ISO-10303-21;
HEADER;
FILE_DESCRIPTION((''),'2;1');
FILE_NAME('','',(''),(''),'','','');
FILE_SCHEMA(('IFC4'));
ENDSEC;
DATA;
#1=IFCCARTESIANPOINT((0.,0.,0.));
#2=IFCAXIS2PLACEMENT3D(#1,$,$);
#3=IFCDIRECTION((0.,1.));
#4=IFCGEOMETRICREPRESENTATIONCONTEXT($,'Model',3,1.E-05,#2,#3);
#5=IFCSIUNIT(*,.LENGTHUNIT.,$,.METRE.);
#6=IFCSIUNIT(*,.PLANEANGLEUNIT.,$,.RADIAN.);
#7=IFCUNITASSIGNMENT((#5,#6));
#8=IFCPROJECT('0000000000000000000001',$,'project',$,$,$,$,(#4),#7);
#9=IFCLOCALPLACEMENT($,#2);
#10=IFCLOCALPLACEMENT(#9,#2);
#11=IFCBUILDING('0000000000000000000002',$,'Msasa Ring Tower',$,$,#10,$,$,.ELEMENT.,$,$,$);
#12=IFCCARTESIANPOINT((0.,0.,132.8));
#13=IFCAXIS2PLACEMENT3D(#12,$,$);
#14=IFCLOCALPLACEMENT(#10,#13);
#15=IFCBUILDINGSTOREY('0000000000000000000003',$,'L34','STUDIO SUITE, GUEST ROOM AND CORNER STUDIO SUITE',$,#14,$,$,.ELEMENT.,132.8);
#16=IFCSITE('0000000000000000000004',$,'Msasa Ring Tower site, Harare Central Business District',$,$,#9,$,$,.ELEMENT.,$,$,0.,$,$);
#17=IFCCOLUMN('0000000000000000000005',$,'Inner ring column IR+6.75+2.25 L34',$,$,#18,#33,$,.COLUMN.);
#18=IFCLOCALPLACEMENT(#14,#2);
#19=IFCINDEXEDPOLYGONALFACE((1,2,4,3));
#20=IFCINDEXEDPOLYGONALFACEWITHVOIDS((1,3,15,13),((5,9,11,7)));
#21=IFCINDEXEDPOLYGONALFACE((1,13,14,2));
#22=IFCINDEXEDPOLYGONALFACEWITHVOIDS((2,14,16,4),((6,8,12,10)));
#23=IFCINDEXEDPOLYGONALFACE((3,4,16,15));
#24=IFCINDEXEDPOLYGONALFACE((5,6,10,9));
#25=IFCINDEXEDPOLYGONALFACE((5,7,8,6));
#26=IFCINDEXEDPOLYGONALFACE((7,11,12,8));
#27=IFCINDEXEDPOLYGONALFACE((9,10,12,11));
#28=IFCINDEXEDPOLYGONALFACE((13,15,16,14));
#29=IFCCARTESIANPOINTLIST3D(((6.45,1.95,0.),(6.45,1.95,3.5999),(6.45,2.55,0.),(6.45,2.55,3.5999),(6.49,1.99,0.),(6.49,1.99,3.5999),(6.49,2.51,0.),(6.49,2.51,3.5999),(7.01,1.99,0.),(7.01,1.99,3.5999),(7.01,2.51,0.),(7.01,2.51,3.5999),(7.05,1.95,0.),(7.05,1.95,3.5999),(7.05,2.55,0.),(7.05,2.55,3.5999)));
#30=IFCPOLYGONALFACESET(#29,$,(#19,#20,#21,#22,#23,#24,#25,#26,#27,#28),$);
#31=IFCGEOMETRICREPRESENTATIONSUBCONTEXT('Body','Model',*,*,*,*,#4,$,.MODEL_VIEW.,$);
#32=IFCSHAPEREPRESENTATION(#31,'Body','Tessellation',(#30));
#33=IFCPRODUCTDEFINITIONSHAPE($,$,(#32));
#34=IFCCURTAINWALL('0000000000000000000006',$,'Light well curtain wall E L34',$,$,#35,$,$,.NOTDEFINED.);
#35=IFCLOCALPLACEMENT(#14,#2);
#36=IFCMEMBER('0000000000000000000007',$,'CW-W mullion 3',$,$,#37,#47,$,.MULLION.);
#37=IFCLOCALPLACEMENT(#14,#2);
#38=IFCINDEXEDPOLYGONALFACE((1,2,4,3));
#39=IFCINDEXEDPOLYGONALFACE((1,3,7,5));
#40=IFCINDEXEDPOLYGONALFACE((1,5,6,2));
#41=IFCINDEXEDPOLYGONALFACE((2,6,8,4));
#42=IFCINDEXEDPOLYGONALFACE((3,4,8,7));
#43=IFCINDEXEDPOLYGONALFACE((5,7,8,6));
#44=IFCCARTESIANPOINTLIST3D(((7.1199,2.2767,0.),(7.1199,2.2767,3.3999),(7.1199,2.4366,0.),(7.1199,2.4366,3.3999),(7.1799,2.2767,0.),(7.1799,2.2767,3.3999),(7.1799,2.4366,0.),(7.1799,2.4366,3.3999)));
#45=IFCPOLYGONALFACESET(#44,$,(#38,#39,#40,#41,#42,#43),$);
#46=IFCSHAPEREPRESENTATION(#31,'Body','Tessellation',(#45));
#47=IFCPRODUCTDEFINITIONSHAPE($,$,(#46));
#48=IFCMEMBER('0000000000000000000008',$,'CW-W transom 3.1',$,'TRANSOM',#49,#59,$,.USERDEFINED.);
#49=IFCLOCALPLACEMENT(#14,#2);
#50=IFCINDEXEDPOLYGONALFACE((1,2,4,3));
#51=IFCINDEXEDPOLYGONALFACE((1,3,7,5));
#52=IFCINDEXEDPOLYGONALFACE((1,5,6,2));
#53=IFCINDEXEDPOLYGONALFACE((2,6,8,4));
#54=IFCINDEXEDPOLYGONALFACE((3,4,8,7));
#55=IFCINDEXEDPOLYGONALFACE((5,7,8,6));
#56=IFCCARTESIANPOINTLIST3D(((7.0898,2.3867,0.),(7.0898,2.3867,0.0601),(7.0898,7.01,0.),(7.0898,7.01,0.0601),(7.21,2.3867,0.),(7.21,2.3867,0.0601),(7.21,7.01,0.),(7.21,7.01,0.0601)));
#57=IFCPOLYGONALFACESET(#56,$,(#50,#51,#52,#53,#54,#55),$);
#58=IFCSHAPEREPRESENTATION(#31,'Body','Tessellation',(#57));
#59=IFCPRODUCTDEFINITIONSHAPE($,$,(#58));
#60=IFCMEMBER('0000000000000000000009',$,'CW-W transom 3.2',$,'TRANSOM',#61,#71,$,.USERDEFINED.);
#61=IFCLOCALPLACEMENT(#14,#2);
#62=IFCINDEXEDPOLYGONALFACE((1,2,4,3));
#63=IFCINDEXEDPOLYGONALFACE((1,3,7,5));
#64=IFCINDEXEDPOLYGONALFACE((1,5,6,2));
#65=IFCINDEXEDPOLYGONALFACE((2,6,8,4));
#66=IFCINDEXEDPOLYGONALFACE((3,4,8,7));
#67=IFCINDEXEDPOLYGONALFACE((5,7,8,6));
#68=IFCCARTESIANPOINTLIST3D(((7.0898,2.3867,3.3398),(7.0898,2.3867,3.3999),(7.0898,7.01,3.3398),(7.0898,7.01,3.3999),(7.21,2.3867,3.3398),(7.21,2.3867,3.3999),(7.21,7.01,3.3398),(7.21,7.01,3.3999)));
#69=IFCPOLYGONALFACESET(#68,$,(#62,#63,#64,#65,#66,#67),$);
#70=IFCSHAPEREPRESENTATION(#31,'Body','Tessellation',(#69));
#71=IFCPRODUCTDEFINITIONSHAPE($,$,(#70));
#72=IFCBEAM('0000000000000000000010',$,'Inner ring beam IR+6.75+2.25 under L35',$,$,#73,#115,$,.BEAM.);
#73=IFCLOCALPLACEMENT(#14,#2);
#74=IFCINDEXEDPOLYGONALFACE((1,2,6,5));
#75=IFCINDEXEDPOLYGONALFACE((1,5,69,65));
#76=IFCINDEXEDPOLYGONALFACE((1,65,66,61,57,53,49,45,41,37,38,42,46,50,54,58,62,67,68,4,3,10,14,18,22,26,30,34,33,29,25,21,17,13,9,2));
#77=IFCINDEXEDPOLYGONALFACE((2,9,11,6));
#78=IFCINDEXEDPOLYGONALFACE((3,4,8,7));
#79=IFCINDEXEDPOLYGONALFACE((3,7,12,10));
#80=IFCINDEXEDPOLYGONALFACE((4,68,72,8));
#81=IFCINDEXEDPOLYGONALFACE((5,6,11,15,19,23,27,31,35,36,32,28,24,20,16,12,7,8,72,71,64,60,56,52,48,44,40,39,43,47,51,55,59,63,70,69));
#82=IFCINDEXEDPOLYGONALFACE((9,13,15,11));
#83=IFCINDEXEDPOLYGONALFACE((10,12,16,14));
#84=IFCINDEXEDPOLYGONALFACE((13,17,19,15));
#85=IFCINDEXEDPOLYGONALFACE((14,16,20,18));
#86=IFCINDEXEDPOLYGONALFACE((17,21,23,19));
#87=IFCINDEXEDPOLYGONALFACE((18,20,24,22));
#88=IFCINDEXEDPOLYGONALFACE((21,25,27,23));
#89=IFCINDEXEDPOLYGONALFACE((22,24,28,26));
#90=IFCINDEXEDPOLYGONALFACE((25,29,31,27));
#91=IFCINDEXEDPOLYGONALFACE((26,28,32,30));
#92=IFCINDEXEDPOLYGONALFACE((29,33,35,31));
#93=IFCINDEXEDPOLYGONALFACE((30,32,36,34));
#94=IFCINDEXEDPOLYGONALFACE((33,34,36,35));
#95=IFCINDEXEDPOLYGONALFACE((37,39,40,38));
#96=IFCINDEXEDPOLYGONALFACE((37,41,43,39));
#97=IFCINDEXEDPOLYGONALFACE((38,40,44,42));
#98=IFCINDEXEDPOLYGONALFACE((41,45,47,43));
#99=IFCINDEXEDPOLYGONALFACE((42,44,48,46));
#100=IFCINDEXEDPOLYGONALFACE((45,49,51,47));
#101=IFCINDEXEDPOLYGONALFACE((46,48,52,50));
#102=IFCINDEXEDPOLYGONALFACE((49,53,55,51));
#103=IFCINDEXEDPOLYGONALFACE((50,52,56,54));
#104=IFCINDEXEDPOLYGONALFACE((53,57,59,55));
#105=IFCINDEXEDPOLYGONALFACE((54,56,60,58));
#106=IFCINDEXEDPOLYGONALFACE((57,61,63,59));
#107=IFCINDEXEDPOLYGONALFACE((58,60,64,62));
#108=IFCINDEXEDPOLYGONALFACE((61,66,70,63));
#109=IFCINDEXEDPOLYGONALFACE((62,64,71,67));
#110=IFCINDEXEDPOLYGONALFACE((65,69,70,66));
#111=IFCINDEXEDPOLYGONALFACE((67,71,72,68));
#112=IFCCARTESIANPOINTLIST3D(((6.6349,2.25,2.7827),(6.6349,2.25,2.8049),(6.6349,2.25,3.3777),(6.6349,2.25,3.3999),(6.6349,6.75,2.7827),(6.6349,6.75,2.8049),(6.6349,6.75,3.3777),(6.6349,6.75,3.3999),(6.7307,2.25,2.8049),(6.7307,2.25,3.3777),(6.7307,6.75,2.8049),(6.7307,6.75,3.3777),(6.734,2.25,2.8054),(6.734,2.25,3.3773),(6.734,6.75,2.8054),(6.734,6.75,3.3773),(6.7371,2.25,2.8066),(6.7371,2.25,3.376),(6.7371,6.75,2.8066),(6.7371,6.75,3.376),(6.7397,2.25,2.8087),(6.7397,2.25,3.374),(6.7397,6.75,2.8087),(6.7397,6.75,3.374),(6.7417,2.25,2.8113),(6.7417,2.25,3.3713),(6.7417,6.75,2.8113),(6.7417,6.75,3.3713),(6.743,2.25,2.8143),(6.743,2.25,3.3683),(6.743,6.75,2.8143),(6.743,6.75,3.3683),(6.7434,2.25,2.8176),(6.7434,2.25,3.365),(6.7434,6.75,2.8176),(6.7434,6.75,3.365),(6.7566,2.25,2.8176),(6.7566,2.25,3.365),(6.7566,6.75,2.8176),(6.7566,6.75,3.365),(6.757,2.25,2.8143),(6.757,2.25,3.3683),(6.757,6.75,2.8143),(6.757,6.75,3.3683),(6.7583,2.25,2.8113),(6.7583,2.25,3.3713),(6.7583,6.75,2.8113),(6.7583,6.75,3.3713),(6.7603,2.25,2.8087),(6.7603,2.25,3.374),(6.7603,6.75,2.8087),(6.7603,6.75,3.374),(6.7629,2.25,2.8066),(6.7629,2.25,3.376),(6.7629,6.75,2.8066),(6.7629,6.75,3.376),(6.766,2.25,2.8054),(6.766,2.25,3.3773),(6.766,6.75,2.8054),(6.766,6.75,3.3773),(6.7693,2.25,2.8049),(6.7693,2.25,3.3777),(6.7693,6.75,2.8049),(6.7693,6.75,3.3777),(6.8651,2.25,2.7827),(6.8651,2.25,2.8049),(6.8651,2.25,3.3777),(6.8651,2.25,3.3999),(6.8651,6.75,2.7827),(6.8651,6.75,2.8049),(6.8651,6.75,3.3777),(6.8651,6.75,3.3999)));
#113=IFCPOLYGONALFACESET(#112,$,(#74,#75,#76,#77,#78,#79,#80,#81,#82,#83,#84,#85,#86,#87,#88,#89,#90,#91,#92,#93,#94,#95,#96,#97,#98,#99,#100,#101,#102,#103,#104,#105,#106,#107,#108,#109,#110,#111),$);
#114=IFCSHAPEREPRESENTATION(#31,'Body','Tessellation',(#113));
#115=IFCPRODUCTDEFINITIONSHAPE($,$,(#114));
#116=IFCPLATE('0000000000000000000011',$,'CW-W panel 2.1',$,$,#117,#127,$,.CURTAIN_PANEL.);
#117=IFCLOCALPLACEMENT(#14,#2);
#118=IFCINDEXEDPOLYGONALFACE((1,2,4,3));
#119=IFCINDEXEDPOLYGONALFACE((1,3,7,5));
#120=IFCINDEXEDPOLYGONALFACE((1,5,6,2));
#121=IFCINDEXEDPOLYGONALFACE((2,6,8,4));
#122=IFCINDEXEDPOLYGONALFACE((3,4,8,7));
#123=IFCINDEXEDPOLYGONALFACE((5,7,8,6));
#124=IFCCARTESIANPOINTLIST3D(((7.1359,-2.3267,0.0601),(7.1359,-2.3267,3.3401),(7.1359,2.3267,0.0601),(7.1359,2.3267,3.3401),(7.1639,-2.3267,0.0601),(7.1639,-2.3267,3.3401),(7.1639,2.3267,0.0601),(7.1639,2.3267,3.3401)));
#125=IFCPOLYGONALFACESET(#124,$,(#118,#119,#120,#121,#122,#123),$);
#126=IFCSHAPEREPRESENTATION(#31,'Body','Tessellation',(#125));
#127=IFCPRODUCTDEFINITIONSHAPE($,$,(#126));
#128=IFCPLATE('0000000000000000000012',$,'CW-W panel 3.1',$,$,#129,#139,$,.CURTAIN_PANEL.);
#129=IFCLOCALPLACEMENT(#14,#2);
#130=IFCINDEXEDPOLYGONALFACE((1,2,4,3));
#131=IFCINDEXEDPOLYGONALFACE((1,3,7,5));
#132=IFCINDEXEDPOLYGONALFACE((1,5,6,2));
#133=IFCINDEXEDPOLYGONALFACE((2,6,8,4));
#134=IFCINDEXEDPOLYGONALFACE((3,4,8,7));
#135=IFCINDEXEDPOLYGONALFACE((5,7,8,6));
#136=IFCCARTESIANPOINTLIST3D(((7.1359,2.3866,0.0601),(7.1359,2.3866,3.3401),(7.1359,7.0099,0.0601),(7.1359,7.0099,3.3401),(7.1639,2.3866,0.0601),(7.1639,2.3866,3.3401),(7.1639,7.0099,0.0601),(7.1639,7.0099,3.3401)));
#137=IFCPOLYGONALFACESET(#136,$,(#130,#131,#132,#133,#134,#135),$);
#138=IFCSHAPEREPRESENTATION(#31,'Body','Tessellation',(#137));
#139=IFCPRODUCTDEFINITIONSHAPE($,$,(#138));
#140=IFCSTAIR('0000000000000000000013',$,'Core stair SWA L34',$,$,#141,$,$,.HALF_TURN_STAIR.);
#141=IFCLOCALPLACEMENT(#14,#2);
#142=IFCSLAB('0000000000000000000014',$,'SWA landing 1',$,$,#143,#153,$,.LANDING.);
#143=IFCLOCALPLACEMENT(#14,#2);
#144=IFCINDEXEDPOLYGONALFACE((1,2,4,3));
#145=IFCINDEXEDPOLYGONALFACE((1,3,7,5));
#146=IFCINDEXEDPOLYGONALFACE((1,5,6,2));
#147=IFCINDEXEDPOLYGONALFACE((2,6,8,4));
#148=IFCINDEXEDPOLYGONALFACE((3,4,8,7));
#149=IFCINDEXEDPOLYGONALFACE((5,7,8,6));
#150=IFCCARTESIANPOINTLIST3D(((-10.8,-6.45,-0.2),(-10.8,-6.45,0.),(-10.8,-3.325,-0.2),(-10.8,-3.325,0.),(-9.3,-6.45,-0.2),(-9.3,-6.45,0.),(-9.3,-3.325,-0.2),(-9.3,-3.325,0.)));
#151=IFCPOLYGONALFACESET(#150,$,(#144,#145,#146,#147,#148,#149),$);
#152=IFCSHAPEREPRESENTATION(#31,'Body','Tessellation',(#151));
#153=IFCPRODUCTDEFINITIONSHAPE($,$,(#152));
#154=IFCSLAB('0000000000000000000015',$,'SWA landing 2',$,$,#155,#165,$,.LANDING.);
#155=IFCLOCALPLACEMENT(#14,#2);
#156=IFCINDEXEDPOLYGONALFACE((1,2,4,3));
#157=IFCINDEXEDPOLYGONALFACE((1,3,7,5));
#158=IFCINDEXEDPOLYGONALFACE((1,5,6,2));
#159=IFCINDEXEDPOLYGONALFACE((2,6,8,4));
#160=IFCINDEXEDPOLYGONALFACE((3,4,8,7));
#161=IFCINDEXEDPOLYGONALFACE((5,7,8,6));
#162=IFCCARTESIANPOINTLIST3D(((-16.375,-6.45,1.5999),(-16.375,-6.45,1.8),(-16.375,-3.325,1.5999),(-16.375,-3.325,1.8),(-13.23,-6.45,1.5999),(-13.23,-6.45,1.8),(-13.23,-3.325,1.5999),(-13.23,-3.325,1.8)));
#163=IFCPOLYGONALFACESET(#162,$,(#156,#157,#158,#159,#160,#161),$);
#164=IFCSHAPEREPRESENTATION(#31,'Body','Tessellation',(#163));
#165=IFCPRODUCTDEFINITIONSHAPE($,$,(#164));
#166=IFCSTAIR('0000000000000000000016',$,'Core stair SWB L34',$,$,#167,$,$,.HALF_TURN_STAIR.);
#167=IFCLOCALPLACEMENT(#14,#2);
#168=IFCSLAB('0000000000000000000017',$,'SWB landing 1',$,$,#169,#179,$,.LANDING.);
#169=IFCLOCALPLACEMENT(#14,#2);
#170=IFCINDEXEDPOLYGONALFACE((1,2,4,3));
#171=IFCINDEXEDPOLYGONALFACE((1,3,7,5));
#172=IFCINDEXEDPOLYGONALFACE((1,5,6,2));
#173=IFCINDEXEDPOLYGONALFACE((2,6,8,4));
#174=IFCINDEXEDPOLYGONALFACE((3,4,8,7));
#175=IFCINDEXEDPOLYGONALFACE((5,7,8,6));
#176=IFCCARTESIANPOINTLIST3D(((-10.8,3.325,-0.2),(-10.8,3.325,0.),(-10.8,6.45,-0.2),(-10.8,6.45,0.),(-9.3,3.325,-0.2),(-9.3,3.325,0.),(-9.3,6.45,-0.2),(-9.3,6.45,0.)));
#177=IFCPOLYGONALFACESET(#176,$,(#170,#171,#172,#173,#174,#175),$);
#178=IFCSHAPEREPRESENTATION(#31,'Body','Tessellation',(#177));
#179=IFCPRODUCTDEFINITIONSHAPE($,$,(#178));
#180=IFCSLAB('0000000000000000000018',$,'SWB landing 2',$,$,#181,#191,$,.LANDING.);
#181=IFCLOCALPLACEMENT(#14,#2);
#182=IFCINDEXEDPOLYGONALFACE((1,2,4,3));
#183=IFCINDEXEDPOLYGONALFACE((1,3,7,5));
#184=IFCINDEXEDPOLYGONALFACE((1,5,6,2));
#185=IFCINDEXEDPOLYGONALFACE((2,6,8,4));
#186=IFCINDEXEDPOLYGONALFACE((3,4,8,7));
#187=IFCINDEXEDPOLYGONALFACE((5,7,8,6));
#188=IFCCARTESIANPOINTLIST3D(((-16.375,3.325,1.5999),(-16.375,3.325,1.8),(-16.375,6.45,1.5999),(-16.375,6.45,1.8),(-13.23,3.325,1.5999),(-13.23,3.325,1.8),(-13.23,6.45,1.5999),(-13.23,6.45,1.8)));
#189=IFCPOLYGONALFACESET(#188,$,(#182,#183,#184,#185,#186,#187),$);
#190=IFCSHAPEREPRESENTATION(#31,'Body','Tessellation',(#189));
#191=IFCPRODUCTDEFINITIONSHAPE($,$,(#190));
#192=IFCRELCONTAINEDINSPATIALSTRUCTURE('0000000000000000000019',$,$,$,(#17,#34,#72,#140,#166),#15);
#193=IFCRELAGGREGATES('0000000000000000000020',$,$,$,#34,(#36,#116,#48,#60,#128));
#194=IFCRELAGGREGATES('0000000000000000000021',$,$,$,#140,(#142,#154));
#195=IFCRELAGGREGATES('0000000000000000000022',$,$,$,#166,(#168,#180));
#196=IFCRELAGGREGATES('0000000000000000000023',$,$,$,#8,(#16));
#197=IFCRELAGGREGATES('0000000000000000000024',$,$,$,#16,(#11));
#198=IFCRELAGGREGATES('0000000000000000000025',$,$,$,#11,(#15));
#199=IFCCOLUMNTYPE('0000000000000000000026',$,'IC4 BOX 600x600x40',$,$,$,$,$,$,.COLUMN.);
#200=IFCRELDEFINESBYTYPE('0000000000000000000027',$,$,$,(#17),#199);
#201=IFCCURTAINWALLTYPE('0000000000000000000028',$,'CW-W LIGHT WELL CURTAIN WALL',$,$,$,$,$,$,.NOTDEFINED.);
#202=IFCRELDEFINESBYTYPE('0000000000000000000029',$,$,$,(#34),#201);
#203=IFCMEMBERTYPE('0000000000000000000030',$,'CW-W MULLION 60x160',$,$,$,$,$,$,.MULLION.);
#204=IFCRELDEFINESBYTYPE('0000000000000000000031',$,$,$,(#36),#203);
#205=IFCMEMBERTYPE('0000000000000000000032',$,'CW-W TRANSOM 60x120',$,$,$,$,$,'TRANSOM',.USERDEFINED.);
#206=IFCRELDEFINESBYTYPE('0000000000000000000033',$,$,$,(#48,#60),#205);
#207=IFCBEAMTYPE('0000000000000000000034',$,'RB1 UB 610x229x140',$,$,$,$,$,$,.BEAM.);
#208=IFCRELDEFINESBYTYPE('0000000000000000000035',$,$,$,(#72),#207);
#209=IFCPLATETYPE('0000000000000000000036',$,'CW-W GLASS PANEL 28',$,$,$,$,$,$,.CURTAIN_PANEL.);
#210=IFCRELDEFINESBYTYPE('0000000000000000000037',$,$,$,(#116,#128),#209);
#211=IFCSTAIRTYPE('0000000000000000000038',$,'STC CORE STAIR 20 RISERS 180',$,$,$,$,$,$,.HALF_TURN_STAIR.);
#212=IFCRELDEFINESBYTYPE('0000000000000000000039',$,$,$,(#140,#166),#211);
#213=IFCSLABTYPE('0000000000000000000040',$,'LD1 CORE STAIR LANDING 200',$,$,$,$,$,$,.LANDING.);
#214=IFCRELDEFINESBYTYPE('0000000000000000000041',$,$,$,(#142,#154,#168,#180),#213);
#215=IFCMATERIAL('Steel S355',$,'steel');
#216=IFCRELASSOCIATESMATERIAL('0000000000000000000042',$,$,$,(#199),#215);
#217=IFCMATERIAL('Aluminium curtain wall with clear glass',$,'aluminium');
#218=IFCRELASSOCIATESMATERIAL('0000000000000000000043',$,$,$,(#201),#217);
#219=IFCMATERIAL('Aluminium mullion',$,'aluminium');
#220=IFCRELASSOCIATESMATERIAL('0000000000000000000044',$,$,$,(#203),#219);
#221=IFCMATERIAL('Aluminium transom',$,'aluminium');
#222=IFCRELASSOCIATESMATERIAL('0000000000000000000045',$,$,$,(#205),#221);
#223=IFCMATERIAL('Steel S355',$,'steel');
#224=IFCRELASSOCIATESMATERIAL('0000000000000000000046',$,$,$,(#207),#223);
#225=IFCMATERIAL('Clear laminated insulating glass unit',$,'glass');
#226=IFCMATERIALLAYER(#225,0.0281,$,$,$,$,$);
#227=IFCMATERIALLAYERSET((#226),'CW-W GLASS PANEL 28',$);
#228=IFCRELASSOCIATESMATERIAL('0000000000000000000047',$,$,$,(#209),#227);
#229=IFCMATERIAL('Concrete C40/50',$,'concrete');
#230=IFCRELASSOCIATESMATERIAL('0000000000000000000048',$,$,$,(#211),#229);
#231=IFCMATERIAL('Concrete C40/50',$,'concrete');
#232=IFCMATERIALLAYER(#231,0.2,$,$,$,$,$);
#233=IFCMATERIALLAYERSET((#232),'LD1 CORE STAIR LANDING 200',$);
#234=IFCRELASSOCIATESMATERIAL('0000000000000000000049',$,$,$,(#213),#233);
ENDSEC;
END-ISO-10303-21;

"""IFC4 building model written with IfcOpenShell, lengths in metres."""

from ifc_helpers import new_model, si_unit, direction, frame, origin, origin_2d, place, context, subcontext, project, spatial, polyline, rectangle, hollow_rectangle, i_section, outline, extrude, material, layer, layer_set, material_profile, profile_set, type_object, element, aggregate, save


model = new_model("IFC4")

# Units and contexts
model_context = context("Model", 3, precision=1e-05, world=origin(), true_north=direction((0.0, 1.0)))
body_context = subcontext(model_context, "Body", "Model", "MODEL_VIEW")
ifc_project = project(units=[si_unit("LENGTHUNIT", "METRE"), si_unit("PLANEANGLEUNIT", "RADIAN")], contexts=[model_context])

# Site, building, storey
site_placement = place(None, origin())
site = spatial("IfcSite", under=ifc_project, at=site_placement, Name="Msasa Ring Tower site, Harare Central Business District", CompositionType="ELEMENT", RefElevation=0.0)
building_placement = place(site_placement, origin())
building = spatial("IfcBuilding", under=site, at=building_placement, Name="Msasa Ring Tower", CompositionType="ELEMENT")
storey_placement = place(building_placement, frame((0.0, 0.0, 132.8)))
storey = spatial("IfcBuildingStorey", under=building, at=storey_placement, Name="L34", Description="STUDIO SUITE, GUEST ROOM AND CORNER STUDIO SUITE", CompositionType="ELEMENT", Elevation=132.8)

# Column
ifc_material_1 = material(Name="Steel S355", Category="steel")
ifc_material_profile_1 = material_profile(ifc_material_1, hollow_rectangle(XDim=0.6001, YDim=0.6001, WallThickness=0.04, at=origin_2d()), Name="BOX 600x600x40")
ifc_profile_set_1 = profile_set([ifc_material_profile_1], Name="Steel S355")
column_type = type_object("IfcColumnType", Name="IC4 BOX 600x600x40", PredefinedType="COLUMN", material=ifc_profile_set_1)
column_placement = place(storey_placement, frame((6.75, 2.25, 0.0), z_axis=(0.0, 0.0, 1.0), x_axis=(1.0, 0.0, 0.0)))
element("IfcColumn", 1, at=column_placement, inside=storey, type_object=column_type, Name="Inner ring column IR+6.75+2.25 L34", PredefinedType="COLUMN", context=body_context, shape_type="SweptSolid", body=[
    extrude(hollow_rectangle(XDim=0.6001, YDim=0.6001, WallThickness=0.04, at=origin_2d()), origin(), (0.0, 0.0, 1.0), 3.5999),
])

# Curtain wall, members
ifc_material_2 = material(Name="Aluminium curtain wall with clear glass", Category="aluminium")
curtain_wall_type = type_object("IfcCurtainWallType", Name="CW-W LIGHT WELL CURTAIN WALL", PredefinedType="NOTDEFINED", material=ifc_material_2)
curtain_wall_placement = place(storey_placement, origin())
curtain_wall = element("IfcCurtainWall", 2, at=curtain_wall_placement, inside=storey, type_object=curtain_wall_type, Name="Light well curtain wall E L34", PredefinedType="NOTDEFINED")
ifc_material_3 = material(Name="Aluminium mullion", Category="aluminium")
ifc_material_profile_2 = material_profile(ifc_material_3, rectangle(XDim=0.0601, YDim=0.1599, at=origin_2d()), Name="AL 60x160")
ifc_profile_set_2 = profile_set([ifc_material_profile_2], Name="Aluminium mullion")
member_type_1 = type_object("IfcMemberType", Name="CW-W MULLION 60x160", PredefinedType="MULLION", material=ifc_profile_set_2)
member_1_placement = place(storey_placement, frame((7.1499, 2.3567, 0.0), z_axis=(0.0, 0.0, 1.0), x_axis=(-1.0, 0.0, 0.0)))
member_1 = element("IfcMember", 3, at=member_1_placement, type_object=member_type_1, Name="CW-W mullion 3", PredefinedType="MULLION", context=body_context, shape_type="SweptSolid", body=[
    extrude(rectangle(XDim=0.0601, YDim=0.1599, at=origin_2d()), origin(), (0.0, 0.0, 1.0), 3.3999),
])
ifc_material_4 = material(Name="Aluminium transom", Category="aluminium")
ifc_material_profile_3 = material_profile(ifc_material_4, rectangle(XDim=0.1201, YDim=0.0601, at=origin_2d()), Name="AL 60x120")
ifc_profile_set_3 = profile_set([ifc_material_profile_3], Name="Aluminium transom")
member_type_2 = type_object("IfcMemberType", Name="CW-W TRANSOM 60x120", ElementType="TRANSOM", PredefinedType="USERDEFINED", material=ifc_profile_set_3)
member_2_placement = place(storey_placement, frame((7.1499, 2.3867, 0.03), z_axis=(0.0, 1.0, 0.0), x_axis=(-1.0, 0.0, 0.0)))
member_2 = element("IfcMember", 4, at=member_2_placement, type_object=member_type_2, Name="CW-W transom 3.1", ObjectType="TRANSOM", PredefinedType="USERDEFINED", context=body_context, shape_type="SweptSolid", body=[
    extrude(rectangle(XDim=0.1201, YDim=0.0601, at=origin_2d()), origin(), (0.0, 0.0, 1.0), 4.6233),
])
member_3_placement = place(storey_placement, frame((7.1499, 2.3867, 3.3699), z_axis=(0.0, 1.0, 0.0), x_axis=(-1.0, 0.0, 0.0)))
member_3 = element("IfcMember", 5, at=member_3_placement, type_object=member_type_2, Name="CW-W transom 3.2", ObjectType="TRANSOM", PredefinedType="USERDEFINED", context=body_context, shape_type="SweptSolid", body=[
    extrude(rectangle(XDim=0.1201, YDim=0.0601, at=origin_2d()), origin(), (0.0, 0.0, 1.0), 4.6233),
])

# Beam
ifc_material_5 = material(Name="Steel S355", Category="steel")
ifc_material_profile_4 = material_profile(ifc_material_5, i_section(OverallWidth=0.2302, OverallDepth=0.6172, WebThickness=0.0132, FlangeThickness=0.0222, FilletRadius=0.0127, at=origin_2d()), Name="UB 610x229x140")
ifc_profile_set_4 = profile_set([ifc_material_profile_4], Name="Steel S355")
beam_type = type_object("IfcBeamType", Name="RB1 UB 610x229x140", PredefinedType="BEAM", material=ifc_profile_set_4)
beam_placement = place(storey_placement, frame((6.75, 2.25, 3.0913), z_axis=(0.0, 1.0, 0.0), x_axis=(-1.0, 0.0, 0.0)))
element("IfcBeam", 6, at=beam_placement, inside=storey, type_object=beam_type, Name="Inner ring beam IR+6.75+2.25 under L35", PredefinedType="BEAM", context=body_context, shape_type="SweptSolid", body=[
    extrude(i_section(OverallWidth=0.2302, OverallDepth=0.6172, WebThickness=0.0132, FlangeThickness=0.0222, FilletRadius=0.0127, at=origin_2d()), origin(), (0.0, 0.0, 1.0), 4.5),
])

# Plates
ifc_material_6 = material(Name="Clear laminated insulating glass unit", Category="glass")
ifc_layer_1 = layer(ifc_material_6, 0.0281)
ifc_layer_set_1 = layer_set([ifc_layer_1], Name="CW-W GLASS PANEL 28")
plate_type = type_object("IfcPlateType", Name="CW-W GLASS PANEL 28", PredefinedType="CURTAIN_PANEL", material=ifc_layer_set_1)
plate_1_placement = place(storey_placement, frame((7.1499, 0.0, 0.0601), z_axis=(0.0, 0.0, 1.0), x_axis=(0.0, 1.0, 0.0)))
plate_1 = element("IfcPlate", 7, at=plate_1_placement, type_object=plate_type, Name="CW-W panel 2.1", PredefinedType="CURTAIN_PANEL", context=body_context, shape_type="SweptSolid", body=[
    extrude(rectangle(XDim=4.6533, YDim=0.0281, at=origin_2d()), origin(), (0.0, 0.0, 1.0), 3.28),
])
plate_2_placement = place(storey_placement, frame((7.1499, 4.6982, 0.0601), z_axis=(0.0, 0.0, 1.0), x_axis=(0.0, 1.0, 0.0)))
plate_2 = element("IfcPlate", 8, at=plate_2_placement, type_object=plate_type, Name="CW-W panel 3.1", PredefinedType="CURTAIN_PANEL", context=body_context, shape_type="SweptSolid", body=[
    extrude(rectangle(XDim=4.6233, YDim=0.0281, at=origin_2d()), origin(), (0.0, 0.0, 1.0), 3.28),
])
aggregate(curtain_wall, [member_1, plate_1, member_2, member_3, plate_2])

# Stairs, slabs
ifc_material_7 = material(Name="Concrete C40/50", Category="concrete")
stair_type = type_object("IfcStairType", Name="STC CORE STAIR 20 RISERS 180", PredefinedType="HALF_TURN_STAIR", material=ifc_material_7)
stair_1_placement = place(storey_placement, origin())
stair_1 = element("IfcStair", 9, at=stair_1_placement, inside=storey, type_object=stair_type, Name="Core stair SWA L34", PredefinedType="HALF_TURN_STAIR")
ifc_material_8 = material(Name="Concrete C40/50", Category="concrete")
ifc_layer_2 = layer(ifc_material_8, 0.2)
ifc_layer_set_2 = layer_set([ifc_layer_2], Name="LD1 CORE STAIR LANDING 200")
slab_type = type_object("IfcSlabType", Name="LD1 CORE STAIR LANDING 200", PredefinedType="LANDING", material=ifc_layer_set_2)
slab_1_placement = place(storey_placement, frame((0.0, 0.0, -0.2)))
slab_1 = element("IfcSlab", 10, at=slab_1_placement, type_object=slab_type, Name="SWA landing 1", PredefinedType="LANDING", context=body_context, shape_type="SweptSolid", body=[
    extrude(outline(polyline([(-10.8, -6.45), (-9.3, -6.45), (-9.3, -3.325), (-10.8, -3.325), (-10.8, -6.45)])), origin(), (0.0, 0.0, 1.0), 0.2),
])
slab_2_placement = place(storey_placement, frame((0.0, 0.0, 1.5999)))
slab_2 = element("IfcSlab", 11, at=slab_2_placement, type_object=slab_type, Name="SWA landing 2", PredefinedType="LANDING", context=body_context, shape_type="SweptSolid", body=[
    extrude(outline(polyline([(-16.375, -6.45), (-13.23, -6.45), (-13.23, -3.325), (-16.375, -3.325), (-16.375, -6.45)])), origin(), (0.0, 0.0, 1.0), 0.2002),
])
aggregate(stair_1, [slab_1, slab_2])
stair_2_placement = place(storey_placement, origin())
stair_2 = element("IfcStair", 12, at=stair_2_placement, inside=storey, type_object=stair_type, Name="Core stair SWB L34", PredefinedType="HALF_TURN_STAIR")
slab_3_placement = place(storey_placement, frame((0.0, 0.0, -0.2)))
slab_3 = element("IfcSlab", 13, at=slab_3_placement, type_object=slab_type, Name="SWB landing 1", PredefinedType="LANDING", context=body_context, shape_type="SweptSolid", body=[
    extrude(outline(polyline([(-10.8, 3.325), (-9.3, 3.325), (-9.3, 6.45), (-10.8, 6.45), (-10.8, 3.325)])), origin(), (0.0, 0.0, 1.0), 0.2),
])
slab_4_placement = place(storey_placement, frame((0.0, 0.0, 1.5999)))
slab_4 = element("IfcSlab", 14, at=slab_4_placement, type_object=slab_type, Name="SWB landing 2", PredefinedType="LANDING", context=body_context, shape_type="SweptSolid", body=[
    extrude(outline(polyline([(-16.375, 3.325), (-13.23, 3.325), (-13.23, 6.45), (-16.375, 6.45), (-16.375, 3.325)])), origin(), (0.0, 0.0, 1.0), 0.2002),
])
aggregate(stair_2, [slab_3, slab_4])

save(model, "model.ifc")
